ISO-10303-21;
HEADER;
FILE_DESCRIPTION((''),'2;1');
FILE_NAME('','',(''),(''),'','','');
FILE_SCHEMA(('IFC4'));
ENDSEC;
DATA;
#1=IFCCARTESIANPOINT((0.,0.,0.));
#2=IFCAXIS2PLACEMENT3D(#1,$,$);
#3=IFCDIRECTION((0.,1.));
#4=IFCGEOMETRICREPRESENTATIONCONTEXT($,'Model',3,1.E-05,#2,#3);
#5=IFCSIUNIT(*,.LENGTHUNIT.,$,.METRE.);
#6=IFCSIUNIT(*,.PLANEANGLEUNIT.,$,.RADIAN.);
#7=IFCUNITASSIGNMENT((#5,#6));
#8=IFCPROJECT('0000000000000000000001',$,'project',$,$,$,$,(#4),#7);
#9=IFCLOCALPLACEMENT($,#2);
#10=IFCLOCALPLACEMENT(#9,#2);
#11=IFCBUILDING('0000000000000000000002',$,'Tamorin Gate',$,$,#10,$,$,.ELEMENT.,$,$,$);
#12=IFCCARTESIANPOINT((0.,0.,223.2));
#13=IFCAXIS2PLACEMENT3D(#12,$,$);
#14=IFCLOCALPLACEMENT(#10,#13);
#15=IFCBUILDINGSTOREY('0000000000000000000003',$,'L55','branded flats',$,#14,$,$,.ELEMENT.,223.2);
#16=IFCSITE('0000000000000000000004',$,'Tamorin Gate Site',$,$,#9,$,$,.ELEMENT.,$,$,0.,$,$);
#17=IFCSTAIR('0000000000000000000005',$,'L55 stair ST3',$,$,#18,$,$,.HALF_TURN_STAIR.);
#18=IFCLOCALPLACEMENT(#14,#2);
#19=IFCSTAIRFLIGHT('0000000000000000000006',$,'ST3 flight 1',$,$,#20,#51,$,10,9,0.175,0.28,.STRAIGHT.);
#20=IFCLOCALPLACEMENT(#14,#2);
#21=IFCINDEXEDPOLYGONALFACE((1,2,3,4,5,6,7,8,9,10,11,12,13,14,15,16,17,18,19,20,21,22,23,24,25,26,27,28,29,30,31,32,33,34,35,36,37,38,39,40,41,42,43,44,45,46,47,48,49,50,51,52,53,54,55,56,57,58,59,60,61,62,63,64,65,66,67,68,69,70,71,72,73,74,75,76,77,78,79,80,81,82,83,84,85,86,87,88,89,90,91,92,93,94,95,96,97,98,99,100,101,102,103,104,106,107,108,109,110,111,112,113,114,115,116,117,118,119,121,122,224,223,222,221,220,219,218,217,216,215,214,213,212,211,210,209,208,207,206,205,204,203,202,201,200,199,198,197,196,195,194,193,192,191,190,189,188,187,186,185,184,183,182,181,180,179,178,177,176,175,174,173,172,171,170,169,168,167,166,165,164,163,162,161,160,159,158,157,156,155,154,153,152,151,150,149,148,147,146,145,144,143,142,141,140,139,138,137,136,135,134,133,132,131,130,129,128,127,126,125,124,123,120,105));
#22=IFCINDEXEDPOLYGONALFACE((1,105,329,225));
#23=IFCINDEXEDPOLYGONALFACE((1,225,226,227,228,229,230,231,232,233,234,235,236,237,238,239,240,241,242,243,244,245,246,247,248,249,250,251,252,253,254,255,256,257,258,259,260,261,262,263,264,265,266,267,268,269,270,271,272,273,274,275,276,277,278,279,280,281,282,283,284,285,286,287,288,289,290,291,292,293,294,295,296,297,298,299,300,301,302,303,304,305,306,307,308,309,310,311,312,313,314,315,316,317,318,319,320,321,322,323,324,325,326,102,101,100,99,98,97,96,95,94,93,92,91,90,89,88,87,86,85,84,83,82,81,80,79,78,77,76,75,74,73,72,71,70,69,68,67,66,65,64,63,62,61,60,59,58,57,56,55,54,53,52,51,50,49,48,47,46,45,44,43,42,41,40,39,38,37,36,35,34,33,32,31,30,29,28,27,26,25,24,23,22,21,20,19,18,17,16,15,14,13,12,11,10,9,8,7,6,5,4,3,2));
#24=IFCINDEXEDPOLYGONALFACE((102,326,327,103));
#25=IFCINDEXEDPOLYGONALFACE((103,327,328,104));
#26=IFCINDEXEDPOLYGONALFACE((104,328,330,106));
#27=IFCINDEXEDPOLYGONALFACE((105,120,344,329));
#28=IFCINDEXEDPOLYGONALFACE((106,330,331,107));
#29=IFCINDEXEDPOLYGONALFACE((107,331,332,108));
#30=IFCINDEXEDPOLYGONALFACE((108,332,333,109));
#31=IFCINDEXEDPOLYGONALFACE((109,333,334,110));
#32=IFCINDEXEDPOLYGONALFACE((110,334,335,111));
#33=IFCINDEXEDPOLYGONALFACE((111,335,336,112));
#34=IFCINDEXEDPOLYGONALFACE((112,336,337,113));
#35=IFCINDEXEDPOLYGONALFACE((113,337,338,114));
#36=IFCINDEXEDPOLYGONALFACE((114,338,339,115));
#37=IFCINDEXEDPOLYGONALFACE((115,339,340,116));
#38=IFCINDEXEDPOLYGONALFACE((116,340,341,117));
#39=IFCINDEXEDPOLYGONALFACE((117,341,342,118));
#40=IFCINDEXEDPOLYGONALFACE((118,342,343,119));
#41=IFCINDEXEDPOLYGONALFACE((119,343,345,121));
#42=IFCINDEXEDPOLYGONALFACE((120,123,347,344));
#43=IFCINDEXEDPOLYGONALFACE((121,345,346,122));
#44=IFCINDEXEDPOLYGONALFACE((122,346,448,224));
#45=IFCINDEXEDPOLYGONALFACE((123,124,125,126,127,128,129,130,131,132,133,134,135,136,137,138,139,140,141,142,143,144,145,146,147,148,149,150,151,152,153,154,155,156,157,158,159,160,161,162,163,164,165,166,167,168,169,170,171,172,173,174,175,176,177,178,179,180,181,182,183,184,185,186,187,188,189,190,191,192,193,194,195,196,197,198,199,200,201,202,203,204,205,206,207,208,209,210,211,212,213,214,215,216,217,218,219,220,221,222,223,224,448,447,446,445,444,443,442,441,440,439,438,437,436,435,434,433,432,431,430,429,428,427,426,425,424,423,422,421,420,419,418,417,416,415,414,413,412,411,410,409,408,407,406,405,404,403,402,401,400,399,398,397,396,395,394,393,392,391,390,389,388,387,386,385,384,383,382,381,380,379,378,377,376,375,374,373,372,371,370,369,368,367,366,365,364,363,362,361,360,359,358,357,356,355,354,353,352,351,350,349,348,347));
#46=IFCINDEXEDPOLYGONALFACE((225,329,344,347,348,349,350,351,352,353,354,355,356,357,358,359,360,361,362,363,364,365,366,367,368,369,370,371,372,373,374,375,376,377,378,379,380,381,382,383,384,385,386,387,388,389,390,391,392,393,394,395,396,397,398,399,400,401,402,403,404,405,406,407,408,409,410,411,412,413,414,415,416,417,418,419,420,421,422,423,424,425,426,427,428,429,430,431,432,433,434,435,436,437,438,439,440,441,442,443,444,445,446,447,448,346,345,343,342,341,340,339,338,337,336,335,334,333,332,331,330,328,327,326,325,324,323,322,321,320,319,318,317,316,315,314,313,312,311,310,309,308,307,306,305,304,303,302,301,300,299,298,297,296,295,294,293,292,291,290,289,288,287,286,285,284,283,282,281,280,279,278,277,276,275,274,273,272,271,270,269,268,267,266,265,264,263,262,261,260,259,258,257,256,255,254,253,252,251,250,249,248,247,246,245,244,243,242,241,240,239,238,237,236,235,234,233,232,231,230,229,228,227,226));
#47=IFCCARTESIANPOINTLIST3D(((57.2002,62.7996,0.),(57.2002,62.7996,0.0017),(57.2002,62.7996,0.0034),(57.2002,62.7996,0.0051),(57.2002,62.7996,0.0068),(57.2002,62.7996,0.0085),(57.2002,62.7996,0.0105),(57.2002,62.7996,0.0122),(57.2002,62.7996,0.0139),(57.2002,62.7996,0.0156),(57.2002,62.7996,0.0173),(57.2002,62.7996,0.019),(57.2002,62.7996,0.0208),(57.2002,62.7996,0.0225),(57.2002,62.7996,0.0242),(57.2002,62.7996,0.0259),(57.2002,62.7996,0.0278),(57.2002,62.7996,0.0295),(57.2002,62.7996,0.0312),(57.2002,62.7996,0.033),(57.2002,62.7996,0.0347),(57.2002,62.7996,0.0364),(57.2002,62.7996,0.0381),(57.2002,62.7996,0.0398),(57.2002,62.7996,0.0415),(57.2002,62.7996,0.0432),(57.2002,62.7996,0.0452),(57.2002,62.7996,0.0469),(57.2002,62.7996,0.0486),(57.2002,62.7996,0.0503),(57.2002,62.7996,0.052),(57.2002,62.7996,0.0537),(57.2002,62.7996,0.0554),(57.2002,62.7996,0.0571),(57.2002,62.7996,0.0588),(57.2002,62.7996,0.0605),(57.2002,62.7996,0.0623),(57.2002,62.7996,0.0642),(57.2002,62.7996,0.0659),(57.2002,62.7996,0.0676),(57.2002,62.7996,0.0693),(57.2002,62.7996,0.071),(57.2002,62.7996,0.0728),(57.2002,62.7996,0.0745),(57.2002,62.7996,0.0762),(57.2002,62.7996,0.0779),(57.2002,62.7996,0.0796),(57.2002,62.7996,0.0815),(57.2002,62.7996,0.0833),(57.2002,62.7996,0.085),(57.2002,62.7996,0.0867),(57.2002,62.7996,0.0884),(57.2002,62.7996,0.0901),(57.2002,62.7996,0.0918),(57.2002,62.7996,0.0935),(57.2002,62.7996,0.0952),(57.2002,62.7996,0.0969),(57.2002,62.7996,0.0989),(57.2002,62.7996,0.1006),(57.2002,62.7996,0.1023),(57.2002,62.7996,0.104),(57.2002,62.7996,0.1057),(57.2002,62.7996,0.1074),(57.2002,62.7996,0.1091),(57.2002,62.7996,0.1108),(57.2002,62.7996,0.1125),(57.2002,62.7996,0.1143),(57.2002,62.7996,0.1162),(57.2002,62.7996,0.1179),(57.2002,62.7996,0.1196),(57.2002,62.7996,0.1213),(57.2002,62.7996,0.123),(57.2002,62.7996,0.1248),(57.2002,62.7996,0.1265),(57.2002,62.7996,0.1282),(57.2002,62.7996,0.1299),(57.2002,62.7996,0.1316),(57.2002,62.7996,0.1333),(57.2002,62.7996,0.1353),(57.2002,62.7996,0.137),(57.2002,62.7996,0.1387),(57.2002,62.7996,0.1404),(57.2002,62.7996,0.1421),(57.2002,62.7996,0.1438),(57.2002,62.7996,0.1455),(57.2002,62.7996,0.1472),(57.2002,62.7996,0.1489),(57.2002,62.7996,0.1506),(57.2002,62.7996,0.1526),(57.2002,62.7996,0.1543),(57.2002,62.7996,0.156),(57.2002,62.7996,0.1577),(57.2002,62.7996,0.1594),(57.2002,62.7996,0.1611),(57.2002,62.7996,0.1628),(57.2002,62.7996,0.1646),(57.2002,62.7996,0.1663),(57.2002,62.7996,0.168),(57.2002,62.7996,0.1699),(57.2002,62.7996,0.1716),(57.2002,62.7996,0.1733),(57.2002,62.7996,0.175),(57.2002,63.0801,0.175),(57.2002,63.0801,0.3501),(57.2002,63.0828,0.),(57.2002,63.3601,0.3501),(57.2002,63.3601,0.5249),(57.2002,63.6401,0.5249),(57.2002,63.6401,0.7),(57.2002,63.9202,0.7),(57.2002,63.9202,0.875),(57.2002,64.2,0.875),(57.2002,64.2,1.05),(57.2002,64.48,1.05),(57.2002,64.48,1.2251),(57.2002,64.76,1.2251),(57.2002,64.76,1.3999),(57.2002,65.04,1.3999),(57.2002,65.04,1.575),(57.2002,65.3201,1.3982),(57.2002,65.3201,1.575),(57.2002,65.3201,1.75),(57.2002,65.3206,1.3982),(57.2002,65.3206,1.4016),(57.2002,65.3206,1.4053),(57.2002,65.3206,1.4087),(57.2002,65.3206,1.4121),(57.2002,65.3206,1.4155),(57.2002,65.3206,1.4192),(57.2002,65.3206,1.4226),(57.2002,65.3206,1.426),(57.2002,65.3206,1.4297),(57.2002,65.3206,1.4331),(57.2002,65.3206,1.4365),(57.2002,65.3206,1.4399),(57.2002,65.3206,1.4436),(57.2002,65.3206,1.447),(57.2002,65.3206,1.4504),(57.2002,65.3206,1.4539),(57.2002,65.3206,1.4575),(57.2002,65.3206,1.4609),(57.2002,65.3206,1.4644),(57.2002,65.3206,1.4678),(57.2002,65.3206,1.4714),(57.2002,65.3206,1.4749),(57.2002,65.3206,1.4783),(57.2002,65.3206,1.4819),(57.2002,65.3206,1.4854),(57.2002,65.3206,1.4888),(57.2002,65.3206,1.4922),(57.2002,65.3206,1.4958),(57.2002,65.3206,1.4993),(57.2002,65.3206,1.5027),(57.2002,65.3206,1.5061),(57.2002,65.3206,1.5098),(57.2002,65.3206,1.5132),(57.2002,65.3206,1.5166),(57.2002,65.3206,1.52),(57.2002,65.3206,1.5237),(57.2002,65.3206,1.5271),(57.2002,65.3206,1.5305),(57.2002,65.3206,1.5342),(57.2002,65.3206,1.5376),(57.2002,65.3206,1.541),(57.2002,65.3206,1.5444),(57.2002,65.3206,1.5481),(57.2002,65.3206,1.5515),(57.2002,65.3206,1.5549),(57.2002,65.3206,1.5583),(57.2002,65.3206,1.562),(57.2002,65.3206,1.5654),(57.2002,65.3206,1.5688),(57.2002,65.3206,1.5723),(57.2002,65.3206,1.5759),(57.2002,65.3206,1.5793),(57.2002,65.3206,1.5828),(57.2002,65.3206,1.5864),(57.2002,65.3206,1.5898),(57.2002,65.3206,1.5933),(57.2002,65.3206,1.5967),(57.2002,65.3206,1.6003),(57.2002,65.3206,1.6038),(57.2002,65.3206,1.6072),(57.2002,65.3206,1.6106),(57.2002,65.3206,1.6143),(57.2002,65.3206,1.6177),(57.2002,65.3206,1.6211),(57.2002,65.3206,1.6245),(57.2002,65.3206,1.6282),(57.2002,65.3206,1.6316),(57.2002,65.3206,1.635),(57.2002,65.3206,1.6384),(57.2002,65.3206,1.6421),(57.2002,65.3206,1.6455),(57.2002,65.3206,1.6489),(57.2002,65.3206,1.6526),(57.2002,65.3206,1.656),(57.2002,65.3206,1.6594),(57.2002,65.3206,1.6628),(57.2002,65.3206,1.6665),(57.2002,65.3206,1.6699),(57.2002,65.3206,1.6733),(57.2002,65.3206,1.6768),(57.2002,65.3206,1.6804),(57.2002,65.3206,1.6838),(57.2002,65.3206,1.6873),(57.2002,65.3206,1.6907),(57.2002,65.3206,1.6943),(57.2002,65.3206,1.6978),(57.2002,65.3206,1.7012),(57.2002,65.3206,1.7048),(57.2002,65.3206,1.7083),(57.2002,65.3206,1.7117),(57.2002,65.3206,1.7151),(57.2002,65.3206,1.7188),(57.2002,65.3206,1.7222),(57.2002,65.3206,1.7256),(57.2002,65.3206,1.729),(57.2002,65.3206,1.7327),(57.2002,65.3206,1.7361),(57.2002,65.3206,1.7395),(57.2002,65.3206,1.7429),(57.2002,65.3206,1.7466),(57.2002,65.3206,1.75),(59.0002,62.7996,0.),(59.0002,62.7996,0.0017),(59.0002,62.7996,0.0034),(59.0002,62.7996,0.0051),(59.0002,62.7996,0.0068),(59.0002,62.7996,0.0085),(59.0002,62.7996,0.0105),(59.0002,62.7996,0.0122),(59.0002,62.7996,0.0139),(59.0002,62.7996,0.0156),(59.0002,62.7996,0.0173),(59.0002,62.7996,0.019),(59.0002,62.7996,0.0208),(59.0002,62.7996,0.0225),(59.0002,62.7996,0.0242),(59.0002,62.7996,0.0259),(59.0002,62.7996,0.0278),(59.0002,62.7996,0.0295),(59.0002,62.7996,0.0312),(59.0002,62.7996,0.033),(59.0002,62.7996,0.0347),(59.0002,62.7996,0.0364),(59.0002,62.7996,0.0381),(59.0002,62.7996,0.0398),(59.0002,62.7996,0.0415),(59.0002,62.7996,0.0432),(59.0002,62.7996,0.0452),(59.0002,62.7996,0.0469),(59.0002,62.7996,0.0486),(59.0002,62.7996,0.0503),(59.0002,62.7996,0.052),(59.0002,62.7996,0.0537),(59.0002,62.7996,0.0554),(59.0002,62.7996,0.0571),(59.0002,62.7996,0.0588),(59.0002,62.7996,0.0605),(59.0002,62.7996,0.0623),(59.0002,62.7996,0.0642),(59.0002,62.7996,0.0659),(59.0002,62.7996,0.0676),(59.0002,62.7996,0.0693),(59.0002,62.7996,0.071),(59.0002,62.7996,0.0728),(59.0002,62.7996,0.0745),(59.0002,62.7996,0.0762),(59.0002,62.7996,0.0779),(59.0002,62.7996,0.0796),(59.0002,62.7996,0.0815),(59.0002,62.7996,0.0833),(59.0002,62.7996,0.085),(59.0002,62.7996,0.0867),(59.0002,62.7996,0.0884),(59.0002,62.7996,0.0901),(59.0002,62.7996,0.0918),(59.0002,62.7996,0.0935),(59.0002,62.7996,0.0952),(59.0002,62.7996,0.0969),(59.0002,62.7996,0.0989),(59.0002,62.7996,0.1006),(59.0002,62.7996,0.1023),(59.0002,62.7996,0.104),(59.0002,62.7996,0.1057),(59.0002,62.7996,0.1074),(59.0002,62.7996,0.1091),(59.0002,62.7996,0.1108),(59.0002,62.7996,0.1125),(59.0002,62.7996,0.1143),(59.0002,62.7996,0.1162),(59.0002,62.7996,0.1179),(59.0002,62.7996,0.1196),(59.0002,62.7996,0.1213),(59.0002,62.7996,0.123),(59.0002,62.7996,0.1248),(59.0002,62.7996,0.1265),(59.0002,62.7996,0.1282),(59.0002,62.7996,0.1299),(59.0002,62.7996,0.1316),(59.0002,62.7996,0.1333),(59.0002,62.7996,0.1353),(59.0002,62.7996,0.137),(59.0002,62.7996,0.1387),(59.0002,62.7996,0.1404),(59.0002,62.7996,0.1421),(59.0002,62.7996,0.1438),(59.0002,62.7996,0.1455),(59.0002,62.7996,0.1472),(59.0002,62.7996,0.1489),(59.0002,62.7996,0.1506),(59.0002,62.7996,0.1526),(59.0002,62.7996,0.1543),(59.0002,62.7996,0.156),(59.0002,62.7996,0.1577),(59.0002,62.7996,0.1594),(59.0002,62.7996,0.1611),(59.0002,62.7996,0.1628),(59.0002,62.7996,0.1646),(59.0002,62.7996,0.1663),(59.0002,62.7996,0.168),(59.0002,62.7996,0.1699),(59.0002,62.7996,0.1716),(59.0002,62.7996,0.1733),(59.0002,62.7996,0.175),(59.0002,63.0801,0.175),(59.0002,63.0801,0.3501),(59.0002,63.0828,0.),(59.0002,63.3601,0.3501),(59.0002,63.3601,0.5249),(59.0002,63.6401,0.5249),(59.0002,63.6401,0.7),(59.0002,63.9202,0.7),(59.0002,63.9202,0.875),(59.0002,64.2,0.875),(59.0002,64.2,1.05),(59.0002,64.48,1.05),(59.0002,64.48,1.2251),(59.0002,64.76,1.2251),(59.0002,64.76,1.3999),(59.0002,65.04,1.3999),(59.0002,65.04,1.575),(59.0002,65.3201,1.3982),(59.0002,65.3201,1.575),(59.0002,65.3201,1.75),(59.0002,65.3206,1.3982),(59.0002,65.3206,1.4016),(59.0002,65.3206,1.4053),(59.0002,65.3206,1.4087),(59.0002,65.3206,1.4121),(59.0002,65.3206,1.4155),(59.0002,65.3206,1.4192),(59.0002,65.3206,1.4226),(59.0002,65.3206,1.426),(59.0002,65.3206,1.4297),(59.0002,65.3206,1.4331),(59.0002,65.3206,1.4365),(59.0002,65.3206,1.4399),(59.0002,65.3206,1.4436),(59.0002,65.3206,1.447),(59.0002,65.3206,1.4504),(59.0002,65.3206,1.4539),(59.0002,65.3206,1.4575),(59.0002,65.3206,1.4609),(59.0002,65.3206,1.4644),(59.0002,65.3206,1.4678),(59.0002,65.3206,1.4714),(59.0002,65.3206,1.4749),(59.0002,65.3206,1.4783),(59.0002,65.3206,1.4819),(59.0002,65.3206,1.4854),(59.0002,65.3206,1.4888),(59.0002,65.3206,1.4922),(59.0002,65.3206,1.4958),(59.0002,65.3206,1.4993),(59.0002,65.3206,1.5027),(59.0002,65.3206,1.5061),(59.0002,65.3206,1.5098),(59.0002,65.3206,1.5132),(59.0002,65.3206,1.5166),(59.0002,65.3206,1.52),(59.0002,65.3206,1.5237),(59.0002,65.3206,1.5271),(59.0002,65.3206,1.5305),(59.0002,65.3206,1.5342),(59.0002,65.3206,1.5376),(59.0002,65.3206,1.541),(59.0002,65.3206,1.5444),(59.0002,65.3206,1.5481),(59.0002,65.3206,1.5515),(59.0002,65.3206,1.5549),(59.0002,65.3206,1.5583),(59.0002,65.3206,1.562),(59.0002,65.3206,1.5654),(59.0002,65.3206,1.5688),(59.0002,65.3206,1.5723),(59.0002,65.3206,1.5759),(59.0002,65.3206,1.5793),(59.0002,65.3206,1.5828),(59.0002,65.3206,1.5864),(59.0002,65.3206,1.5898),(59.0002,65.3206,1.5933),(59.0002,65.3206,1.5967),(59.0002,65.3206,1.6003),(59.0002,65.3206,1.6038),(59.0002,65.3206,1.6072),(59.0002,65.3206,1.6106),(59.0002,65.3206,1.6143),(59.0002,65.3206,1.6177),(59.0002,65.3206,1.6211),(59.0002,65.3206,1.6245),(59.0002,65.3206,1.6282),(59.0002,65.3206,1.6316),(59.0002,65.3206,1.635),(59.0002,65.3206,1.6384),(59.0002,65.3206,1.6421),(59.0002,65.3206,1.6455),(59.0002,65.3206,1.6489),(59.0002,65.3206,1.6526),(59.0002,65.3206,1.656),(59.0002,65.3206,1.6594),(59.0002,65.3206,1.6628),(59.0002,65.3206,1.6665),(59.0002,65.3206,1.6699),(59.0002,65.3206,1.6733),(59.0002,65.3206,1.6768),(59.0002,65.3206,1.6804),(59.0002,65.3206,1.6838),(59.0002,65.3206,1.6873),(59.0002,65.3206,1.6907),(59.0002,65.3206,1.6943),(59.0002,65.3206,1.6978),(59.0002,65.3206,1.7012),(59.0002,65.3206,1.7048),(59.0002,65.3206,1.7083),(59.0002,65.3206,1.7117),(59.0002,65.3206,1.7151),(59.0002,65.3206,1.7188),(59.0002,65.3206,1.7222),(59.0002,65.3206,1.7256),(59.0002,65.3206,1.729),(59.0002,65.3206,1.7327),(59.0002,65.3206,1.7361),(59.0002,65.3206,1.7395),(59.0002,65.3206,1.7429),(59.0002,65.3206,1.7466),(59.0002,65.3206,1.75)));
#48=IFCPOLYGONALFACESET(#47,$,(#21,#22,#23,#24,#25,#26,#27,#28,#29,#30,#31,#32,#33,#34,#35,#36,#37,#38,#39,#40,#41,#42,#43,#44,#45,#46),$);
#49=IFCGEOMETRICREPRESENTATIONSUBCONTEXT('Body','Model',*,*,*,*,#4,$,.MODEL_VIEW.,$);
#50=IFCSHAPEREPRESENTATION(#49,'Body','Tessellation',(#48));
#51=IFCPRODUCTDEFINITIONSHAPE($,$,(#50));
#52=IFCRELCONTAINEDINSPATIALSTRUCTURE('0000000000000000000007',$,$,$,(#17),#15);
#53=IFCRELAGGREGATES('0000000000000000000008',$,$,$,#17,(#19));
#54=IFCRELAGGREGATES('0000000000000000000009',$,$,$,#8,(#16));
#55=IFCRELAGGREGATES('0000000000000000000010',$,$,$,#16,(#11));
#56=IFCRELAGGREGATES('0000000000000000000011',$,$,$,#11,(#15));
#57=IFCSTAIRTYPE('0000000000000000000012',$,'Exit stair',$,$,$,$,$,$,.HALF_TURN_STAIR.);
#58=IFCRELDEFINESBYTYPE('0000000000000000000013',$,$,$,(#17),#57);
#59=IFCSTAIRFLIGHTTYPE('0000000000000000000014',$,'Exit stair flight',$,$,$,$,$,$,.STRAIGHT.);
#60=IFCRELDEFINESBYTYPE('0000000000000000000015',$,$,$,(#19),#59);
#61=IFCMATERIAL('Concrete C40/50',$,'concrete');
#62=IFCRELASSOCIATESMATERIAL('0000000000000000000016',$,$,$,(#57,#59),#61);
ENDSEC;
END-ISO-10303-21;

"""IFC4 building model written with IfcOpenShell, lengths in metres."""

from ifc_helpers import new_model, si_unit, direction, frame, origin, place, context, subcontext, project, spatial, polyline, outline, extrude, material, type_object, element, aggregate, save


model = new_model("IFC4")

# Units and contexts
model_context = context("Model", 3, precision=1e-05, world=origin(), true_north=direction((0.0, 1.0)))
body_context = subcontext(model_context, "Body", "Model", "MODEL_VIEW")
ifc_project = project(units=[si_unit("LENGTHUNIT", "METRE"), si_unit("PLANEANGLEUNIT", "RADIAN")], contexts=[model_context])

# Site, building, storey
site_placement = place(None, origin())
site = spatial("IfcSite", under=ifc_project, at=site_placement, Name="Tamorin Gate Site", CompositionType="ELEMENT", RefElevation=0.0)
building_placement = place(site_placement, origin())
building = spatial("IfcBuilding", under=site, at=building_placement, Name="Tamorin Gate", CompositionType="ELEMENT")
storey_placement = place(building_placement, frame((0.0, 0.0, 223.2)))
storey = spatial("IfcBuildingStorey", under=building, at=storey_placement, Name="L55", Description="branded flats", CompositionType="ELEMENT", Elevation=223.2)

# Stair, stair flight
ifc_material_1 = material(Name="Concrete C40/50", Category="concrete")
stair_type = type_object("IfcStairType", Name="Exit stair", PredefinedType="HALF_TURN_STAIR", material=ifc_material_1)
stair_placement = place(storey_placement, origin())
stair = element("IfcStair", 1, at=stair_placement, inside=storey, type_object=stair_type, Name="L55 stair ST3", PredefinedType="HALF_TURN_STAIR")
stair_flight_type = type_object("IfcStairFlightType", Name="Exit stair flight", PredefinedType="STRAIGHT", material=ifc_material_1)
stair_flight_1_placement = place(storey_placement, frame((58.1001, 62.8, 0.0), z_axis=(0.0, 0.0, 1.0), x_axis=(0.0, 1.0, 0.0)))
stair_flight_1 = element("IfcStairFlight", 2, at=stair_flight_1_placement, type_object=stair_flight_type, Name="ST3 flight 1", NumberOfRisers=10, NumberOfTreads=9, PredefinedType="STRAIGHT", RiserHeight=0.175, TreadLength=0.28, context=body_context, shape_type="SweptSolid", body=[
    extrude(outline(polyline([(-0.0005, 0.0), (-0.0005, 0.0017), (-0.0005, 0.0034), (-0.0005, 0.0051), (-0.0005, 0.0068), (-0.0005, 0.0085), (-0.0005, 0.0105), (-0.0005, 0.0122), (-0.0005, 0.0139), (-0.0005, 0.0156), (-0.0005, 0.0173), (-0.0005, 0.019), (-0.0005, 0.0208), (-0.0005, 0.0225), (-0.0005, 0.0242), (-0.0005, 0.0259), (-0.0005, 0.0278), (-0.0005, 0.0295), (-0.0005, 0.0312), (-0.0005, 0.033), (-0.0005, 0.0347), (-0.0005, 0.0364), (-0.0005, 0.0381), (-0.0005, 0.0398), (-0.0005, 0.0415), (-0.0005, 0.0432), (-0.0005, 0.0452), (-0.0005, 0.0469), (-0.0005, 0.0486), (-0.0005, 0.0503), (-0.0005, 0.052), (-0.0005, 0.0537), (-0.0005, 0.0554), (-0.0005, 0.0571), (-0.0005, 0.0588), (-0.0005, 0.0605), (-0.0005, 0.0623), (-0.0005, 0.0642), (-0.0005, 0.0659), (-0.0005, 0.0676), (-0.0005, 0.0693), (-0.0005, 0.071), (-0.0005, 0.0728), (-0.0005, 0.0745), (-0.0005, 0.0762), (-0.0005, 0.0779), (-0.0005, 0.0796), (-0.0005, 0.0815), (-0.0005, 0.0833), (-0.0005, 0.085), (-0.0005, 0.0867), (-0.0005, 0.0884), (-0.0005, 0.0901), (-0.0005, 0.0918), (-0.0005, 0.0935), (-0.0005, 0.0952), (-0.0005, 0.0969), (-0.0005, 0.0989), (-0.0005, 0.1006), (-0.0005, 0.1023), (-0.0005, 0.104), (-0.0005, 0.1057), (-0.0005, 0.1074), (-0.0005, 0.1091), (-0.0005, 0.1108), (-0.0005, 0.1125), (-0.0005, 0.1143), (-0.0005, 0.1162), (-0.0005, 0.1179), (-0.0005, 0.1196), (-0.0005, 0.1213), (-0.0005, 0.123), (-0.0005, 0.1248), (-0.0005, 0.1265), (-0.0005, 0.1282), (-0.0005, 0.1299), (-0.0005, 0.1316), (-0.0005, 0.1333), (-0.0005, 0.1353), (-0.0005, 0.137), (-0.0005, 0.1387), (-0.0005, 0.1404), (-0.0005, 0.1421), (-0.0005, 0.1438), (-0.0005, 0.1455), (-0.0005, 0.1472), (-0.0005, 0.1489), (-0.0005, 0.1506), (-0.0005, 0.1526), (-0.0005, 0.1543), (-0.0005, 0.156), (-0.0005, 0.1577), (-0.0005, 0.1594), (-0.0005, 0.1611), (-0.0005, 0.1628), (-0.0005, 0.1646), (-0.0005, 0.1663), (-0.0005, 0.168), (-0.0005, 0.1699), (-0.0005, 0.1716), (-0.0005, 0.1733), (-0.0005, 0.175), (0.28, 0.175), (0.28, 0.3501), (0.5601, 0.3501), (0.5601, 0.5249), (0.8401, 0.5249), (0.8401, 0.7), (1.1201, 0.7), (1.1201, 0.875), (1.3999, 0.875), (1.3999, 1.05), (1.6799, 1.05), (1.6799, 1.2251), (1.96, 1.2251), (1.96, 1.3999), (2.24, 1.3999), (2.24, 1.575), (2.52, 1.575), (2.52, 1.75), (2.5205, 1.75), (2.5205, 1.7466), (2.5205, 1.7429), (2.5205, 1.7395), (2.5205, 1.7361), (2.5205, 1.7327), (2.5205, 1.729), (2.5205, 1.7256), (2.5205, 1.7222), (2.5205, 1.7188), (2.5205, 1.7151), (2.5205, 1.7117), (2.5205, 1.7083), (2.5205, 1.7048), (2.5205, 1.7012), (2.5205, 1.6978), (2.5205, 1.6943), (2.5205, 1.6907), (2.5205, 1.6873), (2.5205, 1.6838), (2.5205, 1.6804), (2.5205, 1.6768), (2.5205, 1.6733), (2.5205, 1.6699), (2.5205, 1.6665), (2.5205, 1.6628), (2.5205, 1.6594), (2.5205, 1.656), (2.5205, 1.6526), (2.5205, 1.6489), (2.5205, 1.6455), (2.5205, 1.6421), (2.5205, 1.6384), (2.5205, 1.635), (2.5205, 1.6316), (2.5205, 1.6282), (2.5205, 1.6245), (2.5205, 1.6211), (2.5205, 1.6177), (2.5205, 1.6143), (2.5205, 1.6106), (2.5205, 1.6072), (2.5205, 1.6038), (2.5205, 1.6003), (2.5205, 1.5967), (2.5205, 1.5933), (2.5205, 1.5898), (2.5205, 1.5864), (2.5205, 1.5828), (2.5205, 1.5793), (2.5205, 1.5759), (2.5205, 1.5723), (2.5205, 1.5688), (2.5205, 1.5654), (2.5205, 1.562), (2.5205, 1.5583), (2.5205, 1.5549), (2.5205, 1.5515), (2.5205, 1.5481), (2.5205, 1.5444), (2.5205, 1.541), (2.5205, 1.5376), (2.5205, 1.5342), (2.5205, 1.5305), (2.5205, 1.5271), (2.5205, 1.5237), (2.5205, 1.52), (2.5205, 1.5166), (2.5205, 1.5132), (2.5205, 1.5098), (2.5205, 1.5061), (2.5205, 1.5027), (2.5205, 1.4993), (2.5205, 1.4958), (2.5205, 1.4922), (2.5205, 1.4888), (2.5205, 1.4854), (2.5205, 1.4819), (2.5205, 1.4783), (2.5205, 1.4749), (2.5205, 1.4714), (2.5205, 1.4678), (2.5205, 1.4644), (2.5205, 1.4609), (2.5205, 1.4575), (2.5205, 1.4539), (2.5205, 1.4504), (2.5205, 1.447), (2.5205, 1.4436), (2.5205, 1.4399), (2.5205, 1.4365), (2.5205, 1.4331), (2.5205, 1.4297), (2.5205, 1.426), (2.5205, 1.4226), (2.5205, 1.4192), (2.5205, 1.4155), (2.5205, 1.4121), (2.5205, 1.4087), (2.5205, 1.4053), (2.5205, 1.4016), (2.5205, 1.3982), (2.52, 1.3982), (0.2827, 0.0), (-0.0005, 0.0)])), frame((0.0, 0.8999, 0.0), z_axis=(0.0, -1.0, 0.0), x_axis=(1.0, 0.0, 0.0)), (0.0, 0.0, 1.0), 1.8),
])
aggregate(stair, [stair_flight_1])

save(model, "model.ifc")
